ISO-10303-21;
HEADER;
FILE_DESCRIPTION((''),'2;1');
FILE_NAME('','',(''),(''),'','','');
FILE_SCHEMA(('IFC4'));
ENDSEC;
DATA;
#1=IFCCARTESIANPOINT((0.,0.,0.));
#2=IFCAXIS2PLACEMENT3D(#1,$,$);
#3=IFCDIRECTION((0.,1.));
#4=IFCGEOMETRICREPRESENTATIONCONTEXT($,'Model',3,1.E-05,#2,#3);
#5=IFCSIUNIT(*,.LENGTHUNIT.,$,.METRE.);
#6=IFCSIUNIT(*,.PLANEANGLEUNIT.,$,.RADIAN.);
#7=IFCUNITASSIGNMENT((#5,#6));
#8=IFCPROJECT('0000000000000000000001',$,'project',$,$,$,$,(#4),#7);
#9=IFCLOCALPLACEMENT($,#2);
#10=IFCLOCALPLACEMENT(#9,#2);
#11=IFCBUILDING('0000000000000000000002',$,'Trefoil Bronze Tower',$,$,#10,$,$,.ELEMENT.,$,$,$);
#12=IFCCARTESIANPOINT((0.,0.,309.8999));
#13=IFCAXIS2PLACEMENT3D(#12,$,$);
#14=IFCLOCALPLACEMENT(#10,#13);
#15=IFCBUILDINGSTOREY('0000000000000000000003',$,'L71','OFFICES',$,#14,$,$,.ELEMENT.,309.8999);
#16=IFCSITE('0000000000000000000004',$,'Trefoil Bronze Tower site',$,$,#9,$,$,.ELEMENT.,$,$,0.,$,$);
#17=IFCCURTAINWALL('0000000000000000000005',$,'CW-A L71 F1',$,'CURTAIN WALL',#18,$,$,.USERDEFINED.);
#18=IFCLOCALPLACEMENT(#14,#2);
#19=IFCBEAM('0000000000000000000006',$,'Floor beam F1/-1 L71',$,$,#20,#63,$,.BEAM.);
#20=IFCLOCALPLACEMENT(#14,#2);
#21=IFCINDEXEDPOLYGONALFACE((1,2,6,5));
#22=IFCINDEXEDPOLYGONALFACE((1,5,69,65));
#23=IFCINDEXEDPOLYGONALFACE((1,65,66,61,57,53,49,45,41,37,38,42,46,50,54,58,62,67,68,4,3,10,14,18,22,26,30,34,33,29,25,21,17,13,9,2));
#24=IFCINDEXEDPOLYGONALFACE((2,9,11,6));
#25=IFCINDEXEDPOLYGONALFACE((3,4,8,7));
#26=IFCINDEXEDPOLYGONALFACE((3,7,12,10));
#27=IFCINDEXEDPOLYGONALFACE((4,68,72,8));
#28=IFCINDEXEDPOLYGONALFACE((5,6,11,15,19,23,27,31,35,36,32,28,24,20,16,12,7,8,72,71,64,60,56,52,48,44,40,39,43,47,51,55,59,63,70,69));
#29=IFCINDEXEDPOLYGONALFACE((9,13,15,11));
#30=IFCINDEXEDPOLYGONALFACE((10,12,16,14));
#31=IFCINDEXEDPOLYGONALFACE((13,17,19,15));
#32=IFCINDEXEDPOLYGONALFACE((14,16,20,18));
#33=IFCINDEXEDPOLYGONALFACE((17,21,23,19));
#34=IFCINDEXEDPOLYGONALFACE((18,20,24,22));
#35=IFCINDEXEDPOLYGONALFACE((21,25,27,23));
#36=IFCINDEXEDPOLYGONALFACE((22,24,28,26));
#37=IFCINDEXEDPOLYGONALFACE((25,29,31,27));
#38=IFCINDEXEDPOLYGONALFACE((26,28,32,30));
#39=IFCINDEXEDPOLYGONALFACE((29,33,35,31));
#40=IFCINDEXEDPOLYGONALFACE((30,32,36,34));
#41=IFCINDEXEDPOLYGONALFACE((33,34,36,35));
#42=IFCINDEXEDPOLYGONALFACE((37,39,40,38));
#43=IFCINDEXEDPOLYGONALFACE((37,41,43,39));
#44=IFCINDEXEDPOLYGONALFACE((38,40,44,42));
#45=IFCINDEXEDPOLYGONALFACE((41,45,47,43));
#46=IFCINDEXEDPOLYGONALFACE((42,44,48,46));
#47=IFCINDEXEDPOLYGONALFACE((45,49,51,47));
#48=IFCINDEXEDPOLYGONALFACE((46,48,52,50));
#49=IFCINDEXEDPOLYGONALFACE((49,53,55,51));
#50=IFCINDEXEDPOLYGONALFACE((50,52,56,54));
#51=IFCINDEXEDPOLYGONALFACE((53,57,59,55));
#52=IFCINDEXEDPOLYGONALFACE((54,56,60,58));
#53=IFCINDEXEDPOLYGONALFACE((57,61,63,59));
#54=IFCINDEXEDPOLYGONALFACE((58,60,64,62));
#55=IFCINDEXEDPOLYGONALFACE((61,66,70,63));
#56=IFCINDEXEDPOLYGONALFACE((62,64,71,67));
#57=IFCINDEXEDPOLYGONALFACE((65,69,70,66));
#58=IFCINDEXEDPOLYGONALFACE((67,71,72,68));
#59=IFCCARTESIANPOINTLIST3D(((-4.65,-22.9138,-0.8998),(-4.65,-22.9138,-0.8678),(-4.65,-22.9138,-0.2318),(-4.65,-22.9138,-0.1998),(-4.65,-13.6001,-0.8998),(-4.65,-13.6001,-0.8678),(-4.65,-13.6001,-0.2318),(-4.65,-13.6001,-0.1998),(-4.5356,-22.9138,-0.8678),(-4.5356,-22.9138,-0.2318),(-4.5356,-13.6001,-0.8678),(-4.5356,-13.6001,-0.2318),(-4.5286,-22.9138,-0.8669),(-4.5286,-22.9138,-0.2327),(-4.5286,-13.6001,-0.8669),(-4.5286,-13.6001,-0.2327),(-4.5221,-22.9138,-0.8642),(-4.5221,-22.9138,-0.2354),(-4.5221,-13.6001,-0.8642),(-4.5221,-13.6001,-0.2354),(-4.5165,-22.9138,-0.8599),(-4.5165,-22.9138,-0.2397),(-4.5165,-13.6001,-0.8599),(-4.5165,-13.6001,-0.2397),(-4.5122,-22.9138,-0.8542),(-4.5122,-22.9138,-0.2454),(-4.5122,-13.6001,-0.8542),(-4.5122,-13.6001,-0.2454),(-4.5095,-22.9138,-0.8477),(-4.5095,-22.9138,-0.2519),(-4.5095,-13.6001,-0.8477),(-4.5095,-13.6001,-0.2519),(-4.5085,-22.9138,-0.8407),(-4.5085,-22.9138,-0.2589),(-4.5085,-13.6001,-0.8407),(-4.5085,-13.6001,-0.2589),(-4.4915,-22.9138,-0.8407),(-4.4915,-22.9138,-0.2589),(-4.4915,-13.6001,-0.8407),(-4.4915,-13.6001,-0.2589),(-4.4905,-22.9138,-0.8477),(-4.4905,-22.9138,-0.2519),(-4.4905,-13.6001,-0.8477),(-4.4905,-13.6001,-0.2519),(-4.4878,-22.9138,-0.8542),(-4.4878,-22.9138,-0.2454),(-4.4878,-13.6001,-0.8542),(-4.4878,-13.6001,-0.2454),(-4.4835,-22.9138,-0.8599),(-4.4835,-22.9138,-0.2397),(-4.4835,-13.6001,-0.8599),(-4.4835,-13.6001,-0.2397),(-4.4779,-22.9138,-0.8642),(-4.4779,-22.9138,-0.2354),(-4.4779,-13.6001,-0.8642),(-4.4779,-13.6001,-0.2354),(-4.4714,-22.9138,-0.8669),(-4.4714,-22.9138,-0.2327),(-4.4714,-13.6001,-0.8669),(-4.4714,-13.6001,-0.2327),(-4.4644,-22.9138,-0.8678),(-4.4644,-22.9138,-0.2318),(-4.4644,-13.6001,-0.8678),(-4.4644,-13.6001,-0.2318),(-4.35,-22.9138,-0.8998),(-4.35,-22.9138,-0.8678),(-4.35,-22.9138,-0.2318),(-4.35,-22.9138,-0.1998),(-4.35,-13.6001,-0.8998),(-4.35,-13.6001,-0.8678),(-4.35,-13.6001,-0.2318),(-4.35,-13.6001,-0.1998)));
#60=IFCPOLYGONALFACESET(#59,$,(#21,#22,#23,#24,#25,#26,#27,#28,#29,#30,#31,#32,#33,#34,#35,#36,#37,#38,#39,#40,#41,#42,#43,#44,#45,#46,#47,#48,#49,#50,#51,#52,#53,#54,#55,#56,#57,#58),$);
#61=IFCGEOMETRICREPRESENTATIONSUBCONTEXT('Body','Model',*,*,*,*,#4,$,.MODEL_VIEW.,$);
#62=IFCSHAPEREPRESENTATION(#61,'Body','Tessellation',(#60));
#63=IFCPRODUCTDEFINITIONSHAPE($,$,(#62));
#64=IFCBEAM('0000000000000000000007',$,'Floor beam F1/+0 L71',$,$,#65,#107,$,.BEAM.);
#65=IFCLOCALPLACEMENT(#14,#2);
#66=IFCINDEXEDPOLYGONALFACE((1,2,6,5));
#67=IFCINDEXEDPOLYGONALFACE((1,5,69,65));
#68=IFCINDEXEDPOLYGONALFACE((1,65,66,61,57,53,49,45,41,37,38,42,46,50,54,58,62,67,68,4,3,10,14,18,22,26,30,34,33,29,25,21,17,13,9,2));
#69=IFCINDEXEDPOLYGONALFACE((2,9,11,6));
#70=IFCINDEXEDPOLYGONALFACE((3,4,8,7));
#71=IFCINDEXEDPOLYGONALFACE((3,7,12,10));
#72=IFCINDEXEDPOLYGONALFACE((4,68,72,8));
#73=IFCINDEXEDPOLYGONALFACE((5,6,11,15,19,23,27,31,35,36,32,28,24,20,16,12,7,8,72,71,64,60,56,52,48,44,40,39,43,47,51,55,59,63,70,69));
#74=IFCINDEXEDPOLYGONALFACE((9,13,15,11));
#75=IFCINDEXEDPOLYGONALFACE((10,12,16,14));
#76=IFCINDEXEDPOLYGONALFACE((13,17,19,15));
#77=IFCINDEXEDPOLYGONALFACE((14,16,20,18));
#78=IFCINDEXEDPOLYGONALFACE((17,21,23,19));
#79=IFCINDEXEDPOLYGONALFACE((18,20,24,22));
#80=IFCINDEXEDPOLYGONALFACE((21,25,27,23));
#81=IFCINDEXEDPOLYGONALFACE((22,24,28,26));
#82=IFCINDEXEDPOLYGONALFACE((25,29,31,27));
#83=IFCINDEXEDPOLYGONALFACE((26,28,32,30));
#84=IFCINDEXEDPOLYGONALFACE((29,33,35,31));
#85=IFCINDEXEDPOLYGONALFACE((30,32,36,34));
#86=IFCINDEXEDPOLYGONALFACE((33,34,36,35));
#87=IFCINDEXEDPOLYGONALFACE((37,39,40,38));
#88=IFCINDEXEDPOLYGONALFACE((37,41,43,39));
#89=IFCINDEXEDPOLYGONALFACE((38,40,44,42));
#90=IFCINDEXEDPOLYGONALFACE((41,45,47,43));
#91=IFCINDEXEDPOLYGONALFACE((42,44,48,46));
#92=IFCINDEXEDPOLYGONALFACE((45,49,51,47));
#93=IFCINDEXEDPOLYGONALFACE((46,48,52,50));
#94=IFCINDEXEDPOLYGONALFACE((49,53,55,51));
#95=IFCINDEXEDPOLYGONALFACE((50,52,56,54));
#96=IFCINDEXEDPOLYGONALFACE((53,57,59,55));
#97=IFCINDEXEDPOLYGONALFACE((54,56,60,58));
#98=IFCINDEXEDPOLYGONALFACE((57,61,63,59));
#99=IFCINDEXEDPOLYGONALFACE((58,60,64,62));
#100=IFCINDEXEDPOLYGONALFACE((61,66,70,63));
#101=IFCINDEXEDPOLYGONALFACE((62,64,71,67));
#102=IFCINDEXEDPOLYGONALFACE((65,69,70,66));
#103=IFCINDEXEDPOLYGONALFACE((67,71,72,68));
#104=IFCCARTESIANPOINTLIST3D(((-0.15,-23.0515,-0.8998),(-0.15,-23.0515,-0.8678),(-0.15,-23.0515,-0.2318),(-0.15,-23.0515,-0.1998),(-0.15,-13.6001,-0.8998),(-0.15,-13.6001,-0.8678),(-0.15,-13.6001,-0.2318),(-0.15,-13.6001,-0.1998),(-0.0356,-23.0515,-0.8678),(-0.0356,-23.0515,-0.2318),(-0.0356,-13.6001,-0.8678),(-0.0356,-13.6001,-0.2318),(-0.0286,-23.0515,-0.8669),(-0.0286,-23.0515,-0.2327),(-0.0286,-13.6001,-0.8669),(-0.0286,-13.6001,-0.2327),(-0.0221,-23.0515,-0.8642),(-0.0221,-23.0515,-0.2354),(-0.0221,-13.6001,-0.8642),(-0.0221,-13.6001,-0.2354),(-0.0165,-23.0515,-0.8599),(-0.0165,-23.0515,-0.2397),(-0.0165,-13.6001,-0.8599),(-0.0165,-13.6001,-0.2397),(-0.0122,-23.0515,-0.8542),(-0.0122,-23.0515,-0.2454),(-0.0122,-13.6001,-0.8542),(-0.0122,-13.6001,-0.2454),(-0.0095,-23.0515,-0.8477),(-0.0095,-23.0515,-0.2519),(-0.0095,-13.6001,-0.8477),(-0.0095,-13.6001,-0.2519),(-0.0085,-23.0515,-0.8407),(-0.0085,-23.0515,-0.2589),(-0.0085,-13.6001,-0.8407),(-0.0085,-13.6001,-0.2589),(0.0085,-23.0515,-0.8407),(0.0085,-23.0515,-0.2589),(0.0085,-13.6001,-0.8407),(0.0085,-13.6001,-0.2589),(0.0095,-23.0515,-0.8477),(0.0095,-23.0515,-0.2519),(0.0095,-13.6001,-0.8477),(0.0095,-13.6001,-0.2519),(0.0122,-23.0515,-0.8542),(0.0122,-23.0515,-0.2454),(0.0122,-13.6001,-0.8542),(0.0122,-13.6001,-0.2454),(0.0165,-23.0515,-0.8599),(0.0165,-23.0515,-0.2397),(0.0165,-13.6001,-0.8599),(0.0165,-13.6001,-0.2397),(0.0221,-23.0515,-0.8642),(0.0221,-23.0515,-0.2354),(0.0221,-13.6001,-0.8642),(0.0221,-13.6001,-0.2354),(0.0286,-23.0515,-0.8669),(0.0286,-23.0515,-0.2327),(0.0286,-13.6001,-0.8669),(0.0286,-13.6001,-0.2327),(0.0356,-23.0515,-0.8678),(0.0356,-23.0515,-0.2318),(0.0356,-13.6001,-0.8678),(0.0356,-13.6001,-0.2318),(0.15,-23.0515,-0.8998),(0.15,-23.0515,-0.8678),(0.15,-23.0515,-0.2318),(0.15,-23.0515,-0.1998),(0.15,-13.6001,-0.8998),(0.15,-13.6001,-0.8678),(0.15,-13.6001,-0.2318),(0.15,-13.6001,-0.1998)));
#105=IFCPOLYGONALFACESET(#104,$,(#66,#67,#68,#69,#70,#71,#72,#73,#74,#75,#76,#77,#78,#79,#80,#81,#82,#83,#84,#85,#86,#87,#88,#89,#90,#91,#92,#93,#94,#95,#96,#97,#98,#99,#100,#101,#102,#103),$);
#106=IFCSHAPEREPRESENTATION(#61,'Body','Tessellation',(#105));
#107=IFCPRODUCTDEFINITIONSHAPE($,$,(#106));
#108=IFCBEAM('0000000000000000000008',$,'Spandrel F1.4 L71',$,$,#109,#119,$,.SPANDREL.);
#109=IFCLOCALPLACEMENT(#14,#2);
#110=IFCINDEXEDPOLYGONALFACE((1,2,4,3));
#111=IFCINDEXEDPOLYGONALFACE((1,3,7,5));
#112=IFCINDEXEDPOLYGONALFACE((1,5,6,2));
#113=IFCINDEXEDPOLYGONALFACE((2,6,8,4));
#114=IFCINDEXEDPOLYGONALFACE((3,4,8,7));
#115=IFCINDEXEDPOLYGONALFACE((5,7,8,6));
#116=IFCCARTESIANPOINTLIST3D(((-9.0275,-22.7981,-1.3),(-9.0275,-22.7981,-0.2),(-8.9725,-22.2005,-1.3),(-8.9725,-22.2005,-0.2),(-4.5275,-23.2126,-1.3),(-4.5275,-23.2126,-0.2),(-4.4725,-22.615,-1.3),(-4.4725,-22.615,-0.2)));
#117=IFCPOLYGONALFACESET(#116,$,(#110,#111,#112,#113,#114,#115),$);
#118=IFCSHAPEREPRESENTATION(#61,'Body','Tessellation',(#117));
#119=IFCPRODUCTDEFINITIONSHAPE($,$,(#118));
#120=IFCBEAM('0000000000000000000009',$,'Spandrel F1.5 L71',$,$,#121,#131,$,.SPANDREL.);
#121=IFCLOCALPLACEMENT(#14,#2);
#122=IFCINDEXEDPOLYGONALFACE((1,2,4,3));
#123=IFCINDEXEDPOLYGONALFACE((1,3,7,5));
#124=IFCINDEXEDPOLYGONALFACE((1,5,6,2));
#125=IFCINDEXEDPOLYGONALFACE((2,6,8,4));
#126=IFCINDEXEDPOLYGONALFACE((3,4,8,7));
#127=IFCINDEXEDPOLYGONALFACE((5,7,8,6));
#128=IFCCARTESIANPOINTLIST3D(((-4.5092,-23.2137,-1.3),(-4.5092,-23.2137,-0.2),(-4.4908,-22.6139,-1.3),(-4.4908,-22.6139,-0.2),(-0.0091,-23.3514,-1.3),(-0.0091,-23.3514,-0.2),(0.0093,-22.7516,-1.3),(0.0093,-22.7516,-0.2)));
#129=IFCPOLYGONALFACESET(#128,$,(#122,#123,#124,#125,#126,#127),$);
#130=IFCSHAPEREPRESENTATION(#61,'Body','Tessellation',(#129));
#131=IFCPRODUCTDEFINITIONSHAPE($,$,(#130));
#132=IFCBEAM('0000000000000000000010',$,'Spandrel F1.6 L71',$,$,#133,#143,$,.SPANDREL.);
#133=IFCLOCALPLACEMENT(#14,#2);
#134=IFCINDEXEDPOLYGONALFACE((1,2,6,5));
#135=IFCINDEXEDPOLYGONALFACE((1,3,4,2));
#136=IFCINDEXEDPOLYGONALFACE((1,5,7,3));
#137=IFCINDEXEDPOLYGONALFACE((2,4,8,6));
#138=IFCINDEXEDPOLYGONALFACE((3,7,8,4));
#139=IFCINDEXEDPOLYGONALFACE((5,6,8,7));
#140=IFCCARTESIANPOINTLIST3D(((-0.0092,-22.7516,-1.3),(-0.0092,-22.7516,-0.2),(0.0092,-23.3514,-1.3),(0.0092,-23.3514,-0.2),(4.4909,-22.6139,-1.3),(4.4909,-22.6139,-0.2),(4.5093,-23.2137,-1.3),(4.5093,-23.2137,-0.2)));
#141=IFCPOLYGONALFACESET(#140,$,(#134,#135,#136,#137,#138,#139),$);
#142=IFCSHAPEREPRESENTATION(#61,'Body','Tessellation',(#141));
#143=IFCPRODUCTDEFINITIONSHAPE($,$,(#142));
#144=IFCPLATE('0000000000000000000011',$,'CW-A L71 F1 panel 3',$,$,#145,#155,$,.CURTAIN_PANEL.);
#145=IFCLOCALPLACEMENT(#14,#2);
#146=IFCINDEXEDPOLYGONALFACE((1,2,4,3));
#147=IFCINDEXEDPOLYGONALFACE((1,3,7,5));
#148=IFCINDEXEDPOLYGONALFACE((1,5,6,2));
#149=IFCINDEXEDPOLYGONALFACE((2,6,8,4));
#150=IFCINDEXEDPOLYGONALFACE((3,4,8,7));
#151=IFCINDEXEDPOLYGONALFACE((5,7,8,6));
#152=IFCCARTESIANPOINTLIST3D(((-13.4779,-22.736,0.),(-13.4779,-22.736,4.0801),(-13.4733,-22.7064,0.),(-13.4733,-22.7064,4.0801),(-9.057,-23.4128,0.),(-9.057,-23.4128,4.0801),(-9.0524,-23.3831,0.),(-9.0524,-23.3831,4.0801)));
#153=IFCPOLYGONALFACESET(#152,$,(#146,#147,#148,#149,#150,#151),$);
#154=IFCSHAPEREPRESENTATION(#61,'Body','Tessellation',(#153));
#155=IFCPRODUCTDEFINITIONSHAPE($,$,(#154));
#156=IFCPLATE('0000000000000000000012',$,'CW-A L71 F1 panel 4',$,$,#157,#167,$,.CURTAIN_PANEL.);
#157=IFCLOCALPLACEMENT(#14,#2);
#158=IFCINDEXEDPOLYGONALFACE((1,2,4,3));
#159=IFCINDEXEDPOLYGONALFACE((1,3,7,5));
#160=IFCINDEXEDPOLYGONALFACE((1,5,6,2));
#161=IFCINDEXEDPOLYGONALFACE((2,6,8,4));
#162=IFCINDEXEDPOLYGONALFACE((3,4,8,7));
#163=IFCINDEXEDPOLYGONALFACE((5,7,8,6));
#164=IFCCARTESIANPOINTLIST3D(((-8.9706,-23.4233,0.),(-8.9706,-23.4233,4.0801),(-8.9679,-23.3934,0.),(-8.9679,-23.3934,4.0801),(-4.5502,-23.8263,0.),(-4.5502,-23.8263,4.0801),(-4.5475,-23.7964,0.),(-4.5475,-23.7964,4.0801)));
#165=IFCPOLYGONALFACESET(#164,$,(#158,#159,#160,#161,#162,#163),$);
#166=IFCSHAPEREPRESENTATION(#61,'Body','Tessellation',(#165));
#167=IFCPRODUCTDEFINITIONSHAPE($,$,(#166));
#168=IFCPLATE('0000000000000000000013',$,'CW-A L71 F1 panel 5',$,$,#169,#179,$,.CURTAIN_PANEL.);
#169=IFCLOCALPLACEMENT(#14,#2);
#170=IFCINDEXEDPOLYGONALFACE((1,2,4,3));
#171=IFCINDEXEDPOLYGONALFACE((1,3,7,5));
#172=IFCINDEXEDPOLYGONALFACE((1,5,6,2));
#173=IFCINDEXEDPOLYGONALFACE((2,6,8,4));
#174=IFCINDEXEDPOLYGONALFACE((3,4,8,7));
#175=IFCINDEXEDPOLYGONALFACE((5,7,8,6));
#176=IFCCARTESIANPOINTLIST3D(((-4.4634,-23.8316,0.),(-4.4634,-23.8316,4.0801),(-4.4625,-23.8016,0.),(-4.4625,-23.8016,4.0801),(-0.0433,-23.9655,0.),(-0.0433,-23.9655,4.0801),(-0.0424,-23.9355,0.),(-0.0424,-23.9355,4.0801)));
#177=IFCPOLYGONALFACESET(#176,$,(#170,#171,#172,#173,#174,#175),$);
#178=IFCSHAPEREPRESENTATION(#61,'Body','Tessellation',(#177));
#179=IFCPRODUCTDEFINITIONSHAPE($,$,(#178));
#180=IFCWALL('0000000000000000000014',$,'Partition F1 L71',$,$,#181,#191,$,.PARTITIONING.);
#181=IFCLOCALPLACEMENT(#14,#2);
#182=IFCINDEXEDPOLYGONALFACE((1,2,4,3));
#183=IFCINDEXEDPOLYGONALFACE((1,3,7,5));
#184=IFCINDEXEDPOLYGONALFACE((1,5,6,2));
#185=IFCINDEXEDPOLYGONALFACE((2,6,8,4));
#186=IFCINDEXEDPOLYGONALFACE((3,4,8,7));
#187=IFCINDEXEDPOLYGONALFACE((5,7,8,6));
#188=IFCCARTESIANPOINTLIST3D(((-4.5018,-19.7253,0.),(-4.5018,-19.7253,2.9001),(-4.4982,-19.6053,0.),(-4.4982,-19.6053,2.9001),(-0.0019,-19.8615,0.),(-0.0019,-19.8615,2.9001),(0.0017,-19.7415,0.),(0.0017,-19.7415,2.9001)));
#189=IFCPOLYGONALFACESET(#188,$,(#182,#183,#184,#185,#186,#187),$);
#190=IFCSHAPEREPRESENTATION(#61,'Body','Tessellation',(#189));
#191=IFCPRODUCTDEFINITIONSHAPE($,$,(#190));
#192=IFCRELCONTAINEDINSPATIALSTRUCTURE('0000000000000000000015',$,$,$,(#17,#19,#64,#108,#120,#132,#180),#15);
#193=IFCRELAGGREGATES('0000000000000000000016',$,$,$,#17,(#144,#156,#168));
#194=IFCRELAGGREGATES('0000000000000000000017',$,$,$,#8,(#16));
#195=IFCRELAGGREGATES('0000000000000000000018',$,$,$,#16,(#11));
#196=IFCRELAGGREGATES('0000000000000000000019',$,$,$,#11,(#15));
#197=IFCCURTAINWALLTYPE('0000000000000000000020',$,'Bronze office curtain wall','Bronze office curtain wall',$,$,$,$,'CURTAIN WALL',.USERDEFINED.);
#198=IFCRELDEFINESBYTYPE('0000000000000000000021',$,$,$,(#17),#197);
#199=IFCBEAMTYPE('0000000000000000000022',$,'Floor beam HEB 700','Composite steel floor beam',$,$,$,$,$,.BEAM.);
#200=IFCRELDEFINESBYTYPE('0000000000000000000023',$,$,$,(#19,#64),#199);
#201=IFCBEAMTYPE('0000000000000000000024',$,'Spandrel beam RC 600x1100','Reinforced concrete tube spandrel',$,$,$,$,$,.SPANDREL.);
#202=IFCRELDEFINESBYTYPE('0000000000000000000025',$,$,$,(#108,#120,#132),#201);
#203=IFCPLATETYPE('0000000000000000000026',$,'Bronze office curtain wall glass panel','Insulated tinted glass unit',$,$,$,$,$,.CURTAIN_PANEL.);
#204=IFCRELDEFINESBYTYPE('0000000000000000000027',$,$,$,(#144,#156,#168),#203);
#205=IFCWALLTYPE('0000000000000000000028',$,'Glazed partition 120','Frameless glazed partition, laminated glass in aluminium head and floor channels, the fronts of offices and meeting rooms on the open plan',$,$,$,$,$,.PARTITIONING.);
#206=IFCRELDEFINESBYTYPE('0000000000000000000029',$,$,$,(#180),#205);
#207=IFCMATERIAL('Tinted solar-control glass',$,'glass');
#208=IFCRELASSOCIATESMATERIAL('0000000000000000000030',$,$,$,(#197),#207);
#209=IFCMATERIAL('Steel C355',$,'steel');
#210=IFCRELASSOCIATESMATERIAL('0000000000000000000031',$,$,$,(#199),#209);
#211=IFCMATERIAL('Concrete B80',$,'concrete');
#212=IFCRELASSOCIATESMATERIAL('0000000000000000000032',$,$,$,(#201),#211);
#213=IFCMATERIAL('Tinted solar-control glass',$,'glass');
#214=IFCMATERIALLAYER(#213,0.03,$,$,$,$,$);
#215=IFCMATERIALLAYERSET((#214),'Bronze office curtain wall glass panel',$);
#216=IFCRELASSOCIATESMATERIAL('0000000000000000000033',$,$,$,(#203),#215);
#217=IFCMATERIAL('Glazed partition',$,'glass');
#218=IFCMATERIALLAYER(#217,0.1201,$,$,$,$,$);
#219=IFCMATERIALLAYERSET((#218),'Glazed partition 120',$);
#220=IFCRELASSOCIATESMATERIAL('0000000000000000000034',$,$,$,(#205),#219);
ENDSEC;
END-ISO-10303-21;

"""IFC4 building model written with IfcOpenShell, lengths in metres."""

from ifc_helpers import new_model, si_unit, direction, frame, frame_2d, origin, origin_2d, place, context, subcontext, project, spatial, rectangle, i_section, extrude, material, layer, layer_set, material_profile, profile_set, type_object, element, aggregate, save


model = new_model("IFC4")

# Units and contexts
model_context = context("Model", 3, precision=1e-05, world=origin(), true_north=direction((0.0, 1.0)))
body_context = subcontext(model_context, "Body", "Model", "MODEL_VIEW")
ifc_project = project(units=[si_unit("LENGTHUNIT", "METRE"), si_unit("PLANEANGLEUNIT", "RADIAN")], contexts=[model_context])

# Site, building, storey
site_placement = place(None, origin())
site = spatial("IfcSite", under=ifc_project, at=site_placement, Name="Trefoil Bronze Tower site", CompositionType="ELEMENT", RefElevation=0.0)
building_placement = place(site_placement, origin())
building = spatial("IfcBuilding", under=site, at=building_placement, Name="Trefoil Bronze Tower", CompositionType="ELEMENT")
storey_placement = place(building_placement, frame((0.0, 0.0, 309.8999)))
storey = spatial("IfcBuildingStorey", under=building, at=storey_placement, Name="L71", Description="OFFICES", CompositionType="ELEMENT", Elevation=309.8999)

# Curtain wall
ifc_material_1 = material(Name="Tinted solar-control glass", Category="glass")
curtain_wall_type = type_object("IfcCurtainWallType", Name="Bronze office curtain wall", Description="Bronze office curtain wall", ElementType="CURTAIN WALL", PredefinedType="USERDEFINED", material=ifc_material_1)
curtain_wall_placement = place(storey_placement, origin())
curtain_wall = element("IfcCurtainWall", 1, at=curtain_wall_placement, inside=storey, type_object=curtain_wall_type, Name="CW-A L71 F1", ObjectType="CURTAIN WALL", PredefinedType="USERDEFINED")

# Beams
ifc_material_2 = material(Name="Steel C355", Category="steel")
ifc_material_profile_1 = material_profile(ifc_material_2, i_section(OverallWidth=0.3, OverallDepth=0.7, WebThickness=0.0171, FlangeThickness=0.032, FilletRadius=0.0271, at=origin_2d()), Name="HEB 700")
ifc_profile_set_1 = profile_set([ifc_material_profile_1], Name="Steel C355")
beam_type_1 = type_object("IfcBeamType", Name="Floor beam HEB 700", Description="Composite steel floor beam", PredefinedType="BEAM", material=ifc_profile_set_1)
beam_1_placement = place(storey_placement, frame((-4.5, -22.9138, -0.5498), z_axis=(0.0, 1.0, 0.0), x_axis=(-1.0, 0.0, 0.0)))
element("IfcBeam", 2, at=beam_1_placement, inside=storey, type_object=beam_type_1, Name="Floor beam F1/-1 L71", PredefinedType="BEAM", context=body_context, shape_type="SweptSolid", body=[
    extrude(i_section(OverallWidth=0.3, OverallDepth=0.7, WebThickness=0.0171, FlangeThickness=0.032, FilletRadius=0.0271, at=origin_2d()), origin(), (0.0, 0.0, 1.0), 9.3137),
])
beam_2_placement = place(storey_placement, frame((0.0, -23.0515, -0.5498), z_axis=(0.0, 1.0, 0.0), x_axis=(-1.0, 0.0, 0.0)))
element("IfcBeam", 3, at=beam_2_placement, inside=storey, type_object=beam_type_1, Name="Floor beam F1/+0 L71", PredefinedType="BEAM", context=body_context, shape_type="SweptSolid", body=[
    extrude(i_section(OverallWidth=0.3, OverallDepth=0.7, WebThickness=0.0171, FlangeThickness=0.032, FilletRadius=0.0271, at=origin_2d()), origin(), (0.0, 0.0, 1.0), 9.4514),
])
ifc_material_3 = material(Name="Concrete B80", Category="concrete")
ifc_material_profile_2 = material_profile(ifc_material_3, rectangle(XDim=0.6001, YDim=1.1001, at=origin_2d()), Name="RC 600x1100")
ifc_profile_set_2 = profile_set([ifc_material_profile_2], Name="Concrete B80")
beam_type_2 = type_object("IfcBeamType", Name="Spandrel beam RC 600x1100", Description="Reinforced concrete tube spandrel", PredefinedType="SPANDREL", material=ifc_profile_set_2)
beam_3_placement = place(storey_placement, frame((-9.0, -22.4993, -0.75), z_axis=(0.995784, -0.091734, 0.0), x_axis=(0.091734, 0.995784, 0.0)))
element("IfcBeam", 4, at=beam_3_placement, inside=storey, type_object=beam_type_2, Name="Spandrel F1.4 L71", PredefinedType="SPANDREL", context=body_context, shape_type="SweptSolid", body=[
    extrude(rectangle(XDim=0.6001, YDim=1.1001, at=origin_2d()), origin(), (0.0, 0.0, 1.0), 4.519),
])
for number, where, z_axis, x_axis, name in (
    (5, (-4.5, -22.9138, -0.75), (0.999532, -0.030585, 0.0), (0.030585, 0.999532, 0.0), "Spandrel F1.5 L71"),
    (6, (0.0, -23.0515, -0.75), (0.999532, 0.030585, 0.0), (-0.030585, 0.999532, 0.0), "Spandrel F1.6 L71"),
):
    element("IfcBeam", number, at=place(storey_placement, frame(where, z_axis=z_axis, x_axis=x_axis)), inside=storey, type_object=beam_type_2, Name=name, PredefinedType="SPANDREL", context=body_context, shape_type="SweptSolid", body=[
        extrude(rectangle(XDim=0.6001, YDim=1.1001, at=origin_2d()), origin(), (0.0, 0.0, 1.0), 4.5022),
    ])

# Plates
ifc_material_4 = material(Name="Tinted solar-control glass", Category="glass")
ifc_layer_1 = layer(ifc_material_4, 0.03)
ifc_layer_set_1 = layer_set([ifc_layer_1], Name="Bronze office curtain wall glass panel")
plate_type = type_object("IfcPlateType", Name="Bronze office curtain wall glass panel", Description="Insulated tinted glass unit", PredefinedType="CURTAIN_PANEL", material=ifc_layer_set_1)
plate_1_placement = place(storey_placement, frame((-11.2651, -23.0596, 0.0), z_axis=(0.0, 0.0, 1.0), x_axis=(0.988485, -0.151317, 0.0)))
plate_1 = element("IfcPlate", 7, at=plate_1_placement, type_object=plate_type, Name="CW-A L71 F1 panel 3", PredefinedType="CURTAIN_PANEL", context=body_context, shape_type="SweptSolid", body=[
    extrude(rectangle(XDim=4.4724, YDim=0.03, at=origin_2d()), origin(), (0.0, 0.0, 1.0), 4.0801),
])
plate_2_placement = place(storey_placement, frame((-6.759, -23.6099, 0.0), z_axis=(0.0, 0.0, 1.0), x_axis=(0.99587, -0.090789, 0.0)))
plate_2 = element("IfcPlate", 8, at=plate_2_placement, type_object=plate_type, Name="CW-A L71 F1 panel 4", PredefinedType="CURTAIN_PANEL", context=body_context, shape_type="SweptSolid", body=[
    extrude(rectangle(XDim=4.4387, YDim=0.03, at=origin_2d()), origin(), (0.0, 0.0, 1.0), 4.0801),
])
plate_3_placement = place(storey_placement, frame((-2.2529, -23.8835, 0.0), z_axis=(0.0, 0.0, 1.0), x_axis=(0.999542, -0.030263, 0.0)))
plate_3 = element("IfcPlate", 9, at=plate_3_placement, type_object=plate_type, Name="CW-A L71 F1 panel 5", PredefinedType="CURTAIN_PANEL", context=body_context, shape_type="SweptSolid", body=[
    extrude(rectangle(XDim=4.4221, YDim=0.03, at=origin_2d()), origin(), (0.0, 0.0, 1.0), 4.0801),
])
aggregate(curtain_wall, [plate_1, plate_2, plate_3])

# Wall
ifc_material_5 = material(Name="Glazed partition", Category="glass")
ifc_layer_2 = layer(ifc_material_5, 0.1201)
ifc_layer_set_2 = layer_set([ifc_layer_2], Name="Glazed partition 120")
wall_type_1 = type_object("IfcWallType", Name="Glazed partition 120", Description="Frameless glazed partition, laminated glass in aluminium head and floor channels, the fronts of offices and meeting rooms on the open plan", PredefinedType="PARTITIONING", material=ifc_layer_set_2)
wall_1_placement = place(storey_placement, frame((-4.5, -19.6653, 0.0), z_axis=(0.0, 0.0, 1.0), x_axis=(0.999542, -0.03026, 0.0)))
element("IfcWall", 10, at=wall_1_placement, inside=storey, type_object=wall_type_1, Name="Partition F1 L71", PredefinedType="PARTITIONING", context=body_context, shape_type="SweptSolid", body=[
    extrude(rectangle(XDim=4.502, YDim=0.1201, at=frame_2d((2.251, 0.0))), origin(), (0.0, 0.0, 1.0), 2.9001),
])

save(model, "model.ifc")
